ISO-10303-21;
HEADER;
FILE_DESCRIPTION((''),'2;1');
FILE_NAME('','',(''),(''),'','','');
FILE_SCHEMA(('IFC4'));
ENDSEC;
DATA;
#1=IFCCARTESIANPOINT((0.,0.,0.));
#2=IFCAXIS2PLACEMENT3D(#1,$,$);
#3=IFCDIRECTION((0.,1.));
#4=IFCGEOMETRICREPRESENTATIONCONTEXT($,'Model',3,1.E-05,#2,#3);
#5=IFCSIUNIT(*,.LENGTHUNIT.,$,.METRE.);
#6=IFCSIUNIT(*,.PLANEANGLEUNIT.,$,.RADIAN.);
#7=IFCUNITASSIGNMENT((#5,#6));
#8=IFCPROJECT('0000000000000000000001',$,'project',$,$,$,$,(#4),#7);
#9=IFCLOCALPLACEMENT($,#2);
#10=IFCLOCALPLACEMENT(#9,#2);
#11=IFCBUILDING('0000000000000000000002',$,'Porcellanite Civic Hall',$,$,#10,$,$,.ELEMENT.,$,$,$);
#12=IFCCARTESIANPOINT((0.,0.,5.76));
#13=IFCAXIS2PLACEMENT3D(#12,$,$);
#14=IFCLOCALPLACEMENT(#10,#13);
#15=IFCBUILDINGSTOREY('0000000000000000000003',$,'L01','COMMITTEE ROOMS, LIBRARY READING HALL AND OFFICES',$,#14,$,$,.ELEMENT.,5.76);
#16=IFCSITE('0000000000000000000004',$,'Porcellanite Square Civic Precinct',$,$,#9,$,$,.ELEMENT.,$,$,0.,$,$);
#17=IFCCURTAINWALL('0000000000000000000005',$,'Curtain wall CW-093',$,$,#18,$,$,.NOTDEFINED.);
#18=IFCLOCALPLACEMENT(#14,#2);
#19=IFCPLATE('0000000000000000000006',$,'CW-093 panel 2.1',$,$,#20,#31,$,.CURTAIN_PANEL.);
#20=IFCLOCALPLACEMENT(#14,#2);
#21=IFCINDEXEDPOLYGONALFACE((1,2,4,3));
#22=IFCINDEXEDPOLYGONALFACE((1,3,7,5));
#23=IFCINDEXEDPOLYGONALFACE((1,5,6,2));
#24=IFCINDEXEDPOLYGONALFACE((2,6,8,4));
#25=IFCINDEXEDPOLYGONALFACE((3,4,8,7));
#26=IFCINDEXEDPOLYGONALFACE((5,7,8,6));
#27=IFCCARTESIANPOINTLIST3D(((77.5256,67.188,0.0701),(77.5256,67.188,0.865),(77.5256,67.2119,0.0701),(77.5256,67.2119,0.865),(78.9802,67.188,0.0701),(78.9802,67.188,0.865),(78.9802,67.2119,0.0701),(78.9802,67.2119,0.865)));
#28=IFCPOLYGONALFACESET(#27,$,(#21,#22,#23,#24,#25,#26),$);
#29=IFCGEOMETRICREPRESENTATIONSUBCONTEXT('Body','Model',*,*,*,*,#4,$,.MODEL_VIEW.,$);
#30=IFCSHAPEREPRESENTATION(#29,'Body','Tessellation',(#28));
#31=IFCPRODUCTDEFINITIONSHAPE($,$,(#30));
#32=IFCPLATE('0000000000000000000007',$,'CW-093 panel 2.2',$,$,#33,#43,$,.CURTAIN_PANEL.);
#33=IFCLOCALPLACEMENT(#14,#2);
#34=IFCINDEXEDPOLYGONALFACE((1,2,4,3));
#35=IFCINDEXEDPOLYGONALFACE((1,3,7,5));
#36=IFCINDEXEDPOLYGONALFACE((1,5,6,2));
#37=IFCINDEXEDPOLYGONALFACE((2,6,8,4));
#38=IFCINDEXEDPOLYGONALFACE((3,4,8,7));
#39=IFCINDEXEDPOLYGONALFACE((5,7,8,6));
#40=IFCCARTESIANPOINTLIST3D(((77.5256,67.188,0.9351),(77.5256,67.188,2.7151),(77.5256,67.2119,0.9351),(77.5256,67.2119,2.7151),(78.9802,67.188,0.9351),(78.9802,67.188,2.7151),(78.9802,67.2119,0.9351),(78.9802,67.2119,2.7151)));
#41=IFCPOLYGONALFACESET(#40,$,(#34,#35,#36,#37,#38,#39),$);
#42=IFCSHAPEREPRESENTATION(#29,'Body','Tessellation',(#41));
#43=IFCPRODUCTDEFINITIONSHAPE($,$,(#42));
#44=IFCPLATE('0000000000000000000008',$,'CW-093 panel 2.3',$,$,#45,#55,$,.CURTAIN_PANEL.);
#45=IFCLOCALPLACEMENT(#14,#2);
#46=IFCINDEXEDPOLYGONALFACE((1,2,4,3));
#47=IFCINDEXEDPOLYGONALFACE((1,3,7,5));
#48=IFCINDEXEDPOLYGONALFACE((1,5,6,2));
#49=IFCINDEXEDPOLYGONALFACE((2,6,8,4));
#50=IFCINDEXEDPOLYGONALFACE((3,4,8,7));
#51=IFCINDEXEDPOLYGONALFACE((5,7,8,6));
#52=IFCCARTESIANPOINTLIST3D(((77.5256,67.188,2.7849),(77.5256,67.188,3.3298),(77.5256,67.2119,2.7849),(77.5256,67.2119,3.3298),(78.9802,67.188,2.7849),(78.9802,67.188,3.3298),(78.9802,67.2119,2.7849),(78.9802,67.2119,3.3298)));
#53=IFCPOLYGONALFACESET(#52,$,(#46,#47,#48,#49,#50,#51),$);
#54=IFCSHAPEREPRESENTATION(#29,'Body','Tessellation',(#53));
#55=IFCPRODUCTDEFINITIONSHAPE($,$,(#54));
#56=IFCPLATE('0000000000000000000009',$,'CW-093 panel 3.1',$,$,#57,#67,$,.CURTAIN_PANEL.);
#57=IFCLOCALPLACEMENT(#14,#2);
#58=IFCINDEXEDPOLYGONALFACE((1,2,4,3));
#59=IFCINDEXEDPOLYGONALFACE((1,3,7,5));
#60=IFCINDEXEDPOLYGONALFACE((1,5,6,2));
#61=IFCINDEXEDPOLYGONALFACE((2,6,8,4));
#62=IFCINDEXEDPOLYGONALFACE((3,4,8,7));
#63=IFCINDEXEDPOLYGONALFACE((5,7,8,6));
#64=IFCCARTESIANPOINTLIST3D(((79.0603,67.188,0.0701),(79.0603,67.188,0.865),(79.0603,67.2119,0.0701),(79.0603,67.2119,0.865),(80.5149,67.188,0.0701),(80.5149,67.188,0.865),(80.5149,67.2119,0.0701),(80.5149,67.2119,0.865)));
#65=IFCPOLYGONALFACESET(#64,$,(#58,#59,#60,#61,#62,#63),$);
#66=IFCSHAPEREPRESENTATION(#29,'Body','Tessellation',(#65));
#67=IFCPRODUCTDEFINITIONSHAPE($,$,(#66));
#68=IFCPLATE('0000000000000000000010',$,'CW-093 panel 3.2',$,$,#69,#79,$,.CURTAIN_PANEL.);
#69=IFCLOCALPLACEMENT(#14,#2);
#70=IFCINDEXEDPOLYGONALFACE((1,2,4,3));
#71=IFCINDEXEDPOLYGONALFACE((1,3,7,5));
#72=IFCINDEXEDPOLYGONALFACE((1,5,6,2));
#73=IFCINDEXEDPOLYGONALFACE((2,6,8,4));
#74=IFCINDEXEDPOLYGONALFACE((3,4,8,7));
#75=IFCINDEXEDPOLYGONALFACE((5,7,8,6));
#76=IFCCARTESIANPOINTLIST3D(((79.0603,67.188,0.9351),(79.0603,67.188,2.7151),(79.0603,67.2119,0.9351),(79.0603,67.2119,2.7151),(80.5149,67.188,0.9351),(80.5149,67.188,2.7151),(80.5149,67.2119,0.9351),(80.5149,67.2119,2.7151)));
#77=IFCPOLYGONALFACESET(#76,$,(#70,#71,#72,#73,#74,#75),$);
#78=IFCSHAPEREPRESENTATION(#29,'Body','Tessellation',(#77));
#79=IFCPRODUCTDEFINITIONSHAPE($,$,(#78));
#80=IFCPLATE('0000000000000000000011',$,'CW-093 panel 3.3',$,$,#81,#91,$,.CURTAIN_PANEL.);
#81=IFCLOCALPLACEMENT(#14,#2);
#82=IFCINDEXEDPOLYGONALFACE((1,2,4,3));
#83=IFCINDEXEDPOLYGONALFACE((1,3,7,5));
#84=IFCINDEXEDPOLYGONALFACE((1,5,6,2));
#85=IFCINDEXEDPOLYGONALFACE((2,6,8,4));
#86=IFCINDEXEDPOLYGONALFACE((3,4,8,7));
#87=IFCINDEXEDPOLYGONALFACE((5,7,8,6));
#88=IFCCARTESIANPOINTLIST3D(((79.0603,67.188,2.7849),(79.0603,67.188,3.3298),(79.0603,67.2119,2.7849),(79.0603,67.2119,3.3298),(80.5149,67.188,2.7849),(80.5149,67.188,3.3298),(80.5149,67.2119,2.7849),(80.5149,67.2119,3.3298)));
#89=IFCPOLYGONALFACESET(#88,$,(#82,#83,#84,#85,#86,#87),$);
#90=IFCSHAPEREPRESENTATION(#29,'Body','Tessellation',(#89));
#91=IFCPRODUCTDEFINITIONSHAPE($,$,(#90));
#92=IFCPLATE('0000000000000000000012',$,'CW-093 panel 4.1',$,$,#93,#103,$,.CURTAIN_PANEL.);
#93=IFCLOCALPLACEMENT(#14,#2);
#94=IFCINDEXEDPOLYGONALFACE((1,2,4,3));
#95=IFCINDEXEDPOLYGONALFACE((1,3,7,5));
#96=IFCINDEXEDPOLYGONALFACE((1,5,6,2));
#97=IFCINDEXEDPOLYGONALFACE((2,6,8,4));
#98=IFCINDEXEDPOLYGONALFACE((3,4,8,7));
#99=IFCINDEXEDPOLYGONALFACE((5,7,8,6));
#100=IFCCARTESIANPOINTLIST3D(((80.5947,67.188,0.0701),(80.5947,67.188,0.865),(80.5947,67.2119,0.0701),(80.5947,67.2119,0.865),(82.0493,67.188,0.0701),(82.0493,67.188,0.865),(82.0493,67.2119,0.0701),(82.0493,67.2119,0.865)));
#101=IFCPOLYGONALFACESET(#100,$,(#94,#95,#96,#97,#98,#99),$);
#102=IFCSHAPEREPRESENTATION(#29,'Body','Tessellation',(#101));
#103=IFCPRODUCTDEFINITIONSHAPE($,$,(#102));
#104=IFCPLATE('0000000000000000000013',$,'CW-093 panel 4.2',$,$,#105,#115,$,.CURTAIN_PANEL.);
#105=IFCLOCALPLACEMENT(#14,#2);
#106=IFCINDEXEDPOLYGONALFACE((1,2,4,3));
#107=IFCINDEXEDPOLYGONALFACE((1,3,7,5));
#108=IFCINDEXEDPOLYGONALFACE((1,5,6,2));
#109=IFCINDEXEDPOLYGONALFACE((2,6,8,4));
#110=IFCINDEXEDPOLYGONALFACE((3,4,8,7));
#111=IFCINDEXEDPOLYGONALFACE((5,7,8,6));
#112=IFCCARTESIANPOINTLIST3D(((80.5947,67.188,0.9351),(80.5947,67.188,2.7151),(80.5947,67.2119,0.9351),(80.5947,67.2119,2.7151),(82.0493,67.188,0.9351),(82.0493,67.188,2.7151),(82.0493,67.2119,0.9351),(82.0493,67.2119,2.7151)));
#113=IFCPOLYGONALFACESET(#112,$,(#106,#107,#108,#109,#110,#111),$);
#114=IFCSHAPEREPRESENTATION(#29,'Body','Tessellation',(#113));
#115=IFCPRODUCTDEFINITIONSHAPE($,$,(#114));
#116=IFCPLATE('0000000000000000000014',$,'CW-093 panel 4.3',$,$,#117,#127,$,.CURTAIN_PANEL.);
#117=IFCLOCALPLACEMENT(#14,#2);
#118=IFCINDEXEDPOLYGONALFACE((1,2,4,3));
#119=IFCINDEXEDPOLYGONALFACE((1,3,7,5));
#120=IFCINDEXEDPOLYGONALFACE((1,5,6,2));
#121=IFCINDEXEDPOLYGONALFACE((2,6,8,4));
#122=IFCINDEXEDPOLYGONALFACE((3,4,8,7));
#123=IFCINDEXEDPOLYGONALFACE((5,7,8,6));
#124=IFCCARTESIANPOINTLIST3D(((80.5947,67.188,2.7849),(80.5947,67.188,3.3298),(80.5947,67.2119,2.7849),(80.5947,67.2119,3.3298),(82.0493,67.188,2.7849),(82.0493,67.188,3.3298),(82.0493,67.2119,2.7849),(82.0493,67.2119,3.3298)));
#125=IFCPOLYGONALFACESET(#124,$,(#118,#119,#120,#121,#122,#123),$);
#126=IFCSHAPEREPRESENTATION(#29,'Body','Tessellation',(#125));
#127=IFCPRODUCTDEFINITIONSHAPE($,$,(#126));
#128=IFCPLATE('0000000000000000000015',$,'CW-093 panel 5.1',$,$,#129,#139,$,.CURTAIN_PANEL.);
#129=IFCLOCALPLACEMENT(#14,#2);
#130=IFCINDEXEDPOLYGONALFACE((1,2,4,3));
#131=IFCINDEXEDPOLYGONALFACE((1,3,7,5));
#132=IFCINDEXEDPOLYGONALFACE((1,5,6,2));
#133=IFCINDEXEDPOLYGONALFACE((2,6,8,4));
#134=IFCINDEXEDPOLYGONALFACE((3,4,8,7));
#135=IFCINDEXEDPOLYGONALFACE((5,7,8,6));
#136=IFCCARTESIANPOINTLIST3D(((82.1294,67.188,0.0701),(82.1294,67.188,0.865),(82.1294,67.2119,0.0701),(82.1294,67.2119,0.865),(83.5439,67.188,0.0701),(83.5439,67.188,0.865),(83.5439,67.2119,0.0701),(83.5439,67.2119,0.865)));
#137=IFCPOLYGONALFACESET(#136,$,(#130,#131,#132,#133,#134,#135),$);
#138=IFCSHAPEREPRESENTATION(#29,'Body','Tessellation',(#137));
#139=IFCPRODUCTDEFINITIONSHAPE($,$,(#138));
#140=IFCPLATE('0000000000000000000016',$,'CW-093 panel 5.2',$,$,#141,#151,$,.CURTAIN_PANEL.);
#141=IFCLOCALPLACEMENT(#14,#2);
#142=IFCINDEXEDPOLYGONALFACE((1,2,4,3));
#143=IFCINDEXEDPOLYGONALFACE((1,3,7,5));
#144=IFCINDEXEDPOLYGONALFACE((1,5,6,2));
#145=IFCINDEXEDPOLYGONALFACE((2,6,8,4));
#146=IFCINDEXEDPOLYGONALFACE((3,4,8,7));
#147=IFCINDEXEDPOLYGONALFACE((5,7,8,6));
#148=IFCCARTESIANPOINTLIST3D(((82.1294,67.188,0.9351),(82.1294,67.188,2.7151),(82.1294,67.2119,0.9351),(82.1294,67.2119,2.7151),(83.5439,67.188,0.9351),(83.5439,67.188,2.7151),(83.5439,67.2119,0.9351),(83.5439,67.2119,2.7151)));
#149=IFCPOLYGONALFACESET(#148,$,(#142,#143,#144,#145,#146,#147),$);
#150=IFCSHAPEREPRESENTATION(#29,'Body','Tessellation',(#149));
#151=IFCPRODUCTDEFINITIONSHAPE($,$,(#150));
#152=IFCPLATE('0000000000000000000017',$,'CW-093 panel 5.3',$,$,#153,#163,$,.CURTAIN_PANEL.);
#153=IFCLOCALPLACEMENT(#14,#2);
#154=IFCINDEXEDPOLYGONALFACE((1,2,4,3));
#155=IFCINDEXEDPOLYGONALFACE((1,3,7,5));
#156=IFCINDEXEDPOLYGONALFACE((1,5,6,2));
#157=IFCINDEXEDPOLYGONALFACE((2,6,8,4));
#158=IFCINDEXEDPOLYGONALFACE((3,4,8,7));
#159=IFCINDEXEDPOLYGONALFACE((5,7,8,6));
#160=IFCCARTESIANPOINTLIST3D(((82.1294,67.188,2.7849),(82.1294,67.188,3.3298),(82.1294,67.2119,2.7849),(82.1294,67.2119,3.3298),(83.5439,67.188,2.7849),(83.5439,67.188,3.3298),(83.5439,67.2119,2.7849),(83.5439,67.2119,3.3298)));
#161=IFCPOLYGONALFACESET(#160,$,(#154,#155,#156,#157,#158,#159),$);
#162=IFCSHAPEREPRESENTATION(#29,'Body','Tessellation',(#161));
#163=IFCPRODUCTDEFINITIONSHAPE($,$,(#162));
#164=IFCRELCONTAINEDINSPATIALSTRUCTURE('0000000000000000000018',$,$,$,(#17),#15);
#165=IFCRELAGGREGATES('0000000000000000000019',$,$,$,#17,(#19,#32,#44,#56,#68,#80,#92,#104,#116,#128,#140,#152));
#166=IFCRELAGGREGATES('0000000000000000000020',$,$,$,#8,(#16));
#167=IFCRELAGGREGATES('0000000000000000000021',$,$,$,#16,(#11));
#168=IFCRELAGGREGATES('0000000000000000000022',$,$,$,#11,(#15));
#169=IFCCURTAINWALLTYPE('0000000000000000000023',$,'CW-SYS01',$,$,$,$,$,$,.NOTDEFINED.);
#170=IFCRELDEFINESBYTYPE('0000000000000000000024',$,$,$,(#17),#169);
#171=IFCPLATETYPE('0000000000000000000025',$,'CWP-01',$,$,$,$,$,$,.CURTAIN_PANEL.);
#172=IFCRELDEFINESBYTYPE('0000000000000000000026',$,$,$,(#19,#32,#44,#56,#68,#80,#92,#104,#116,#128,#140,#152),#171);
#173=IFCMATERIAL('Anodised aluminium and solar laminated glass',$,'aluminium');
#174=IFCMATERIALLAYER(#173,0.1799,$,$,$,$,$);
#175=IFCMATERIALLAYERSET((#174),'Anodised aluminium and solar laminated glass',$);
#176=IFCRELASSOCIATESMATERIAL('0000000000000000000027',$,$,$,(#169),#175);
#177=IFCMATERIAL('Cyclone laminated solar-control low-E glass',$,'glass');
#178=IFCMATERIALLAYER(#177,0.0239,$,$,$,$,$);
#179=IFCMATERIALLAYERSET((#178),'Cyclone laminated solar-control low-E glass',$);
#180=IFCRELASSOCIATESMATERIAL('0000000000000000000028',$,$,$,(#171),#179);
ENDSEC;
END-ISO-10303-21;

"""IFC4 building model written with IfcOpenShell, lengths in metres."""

from ifc_helpers import new_model, si_unit, direction, frame, origin, origin_2d, place, context, subcontext, project, spatial, rectangle, extrude, material, layer, layer_set, type_object, element, aggregate, save


model = new_model("IFC4")

# Units and contexts
model_context = context("Model", 3, precision=1e-05, world=origin(), true_north=direction((0.0, 1.0)))
body_context = subcontext(model_context, "Body", "Model", "MODEL_VIEW")
ifc_project = project(units=[si_unit("LENGTHUNIT", "METRE"), si_unit("PLANEANGLEUNIT", "RADIAN")], contexts=[model_context])

# Site, building, storey
site_placement = place(None, origin())
site = spatial("IfcSite", under=ifc_project, at=site_placement, Name="Porcellanite Square Civic Precinct", CompositionType="ELEMENT", RefElevation=0.0)
building_placement = place(site_placement, origin())
building = spatial("IfcBuilding", under=site, at=building_placement, Name="Porcellanite Civic Hall", CompositionType="ELEMENT")
storey_placement = place(building_placement, frame((0.0, 0.0, 5.76)))
storey = spatial("IfcBuildingStorey", under=building, at=storey_placement, Name="L01", Description="COMMITTEE ROOMS, LIBRARY READING HALL AND OFFICES", CompositionType="ELEMENT", Elevation=5.76)

# Curtain wall
ifc_material_1 = material(Name="Anodised aluminium and solar laminated glass", Category="aluminium")
ifc_layer_1 = layer(ifc_material_1, 0.1799)
ifc_layer_set_1 = layer_set([ifc_layer_1], Name="Anodised aluminium and solar laminated glass")
curtain_wall_type = type_object("IfcCurtainWallType", Name="CW-SYS01", PredefinedType="NOTDEFINED", material=ifc_layer_set_1)
curtain_wall_placement = place(storey_placement, origin())
curtain_wall = element("IfcCurtainWall", 1, at=curtain_wall_placement, inside=storey, type_object=curtain_wall_type, Name="Curtain wall CW-093", PredefinedType="NOTDEFINED")

# Plates
ifc_material_2 = material(Name="Cyclone laminated solar-control low-E glass", Category="glass")
ifc_layer_2 = layer(ifc_material_2, 0.0239)
ifc_layer_set_2 = layer_set([ifc_layer_2], Name="Cyclone laminated solar-control low-E glass")
plate_type = type_object("IfcPlateType", Name="CWP-01", PredefinedType="CURTAIN_PANEL", material=ifc_layer_set_2)
plate_1_placement = place(storey_placement, frame((78.2529, 67.2, 0.0701), z_axis=(0.0, 0.0, 1.0), x_axis=(1.0, 0.0, 0.0)))
plate_1 = element("IfcPlate", 2, at=plate_1_placement, type_object=plate_type, Name="CW-093 panel 2.1", PredefinedType="CURTAIN_PANEL", context=body_context, shape_type="SweptSolid", body=[
    extrude(rectangle(XDim=1.4546, YDim=0.0239, at=origin_2d()), origin(), (0.0, 0.0, 1.0), 0.7949),
])
plate_2_placement = place(storey_placement, frame((78.2529, 67.2, 0.9351), z_axis=(0.0, 0.0, 1.0), x_axis=(1.0, 0.0, 0.0)))
plate_2 = element("IfcPlate", 3, at=plate_2_placement, type_object=plate_type, Name="CW-093 panel 2.2", PredefinedType="CURTAIN_PANEL", context=body_context, shape_type="SweptSolid", body=[
    extrude(rectangle(XDim=1.4546, YDim=0.0239, at=origin_2d()), origin(), (0.0, 0.0, 1.0), 1.78),
])
plate_3_placement = place(storey_placement, frame((78.2529, 67.2, 2.7849), z_axis=(0.0, 0.0, 1.0), x_axis=(1.0, 0.0, 0.0)))
plate_3 = element("IfcPlate", 4, at=plate_3_placement, type_object=plate_type, Name="CW-093 panel 2.3", PredefinedType="CURTAIN_PANEL", context=body_context, shape_type="SweptSolid", body=[
    extrude(rectangle(XDim=1.4546, YDim=0.0239, at=origin_2d()), origin(), (0.0, 0.0, 1.0), 0.5449),
])
plate_4_placement = place(storey_placement, frame((79.7876, 67.2, 0.0701), z_axis=(0.0, 0.0, 1.0), x_axis=(1.0, 0.0, 0.0)))
plate_4 = element("IfcPlate", 5, at=plate_4_placement, type_object=plate_type, Name="CW-093 panel 3.1", PredefinedType="CURTAIN_PANEL", context=body_context, shape_type="SweptSolid", body=[
    extrude(rectangle(XDim=1.4546, YDim=0.0239, at=origin_2d()), origin(), (0.0, 0.0, 1.0), 0.7949),
])
plate_5_placement = place(storey_placement, frame((79.7876, 67.2, 0.9351), z_axis=(0.0, 0.0, 1.0), x_axis=(1.0, 0.0, 0.0)))
plate_5 = element("IfcPlate", 6, at=plate_5_placement, type_object=plate_type, Name="CW-093 panel 3.2", PredefinedType="CURTAIN_PANEL", context=body_context, shape_type="SweptSolid", body=[
    extrude(rectangle(XDim=1.4546, YDim=0.0239, at=origin_2d()), origin(), (0.0, 0.0, 1.0), 1.78),
])
plate_6_placement = place(storey_placement, frame((79.7876, 67.2, 2.7849), z_axis=(0.0, 0.0, 1.0), x_axis=(1.0, 0.0, 0.0)))
plate_6 = element("IfcPlate", 7, at=plate_6_placement, type_object=plate_type, Name="CW-093 panel 3.3", PredefinedType="CURTAIN_PANEL", context=body_context, shape_type="SweptSolid", body=[
    extrude(rectangle(XDim=1.4546, YDim=0.0239, at=origin_2d()), origin(), (0.0, 0.0, 1.0), 0.5449),
])
plate_7_placement = place(storey_placement, frame((81.322, 67.2, 0.0701), z_axis=(0.0, 0.0, 1.0), x_axis=(1.0, 0.0, 0.0)))
plate_7 = element("IfcPlate", 8, at=plate_7_placement, type_object=plate_type, Name="CW-093 panel 4.1", PredefinedType="CURTAIN_PANEL", context=body_context, shape_type="SweptSolid", body=[
    extrude(rectangle(XDim=1.4546, YDim=0.0239, at=origin_2d()), origin(), (0.0, 0.0, 1.0), 0.7949),
])
plate_8_placement = place(storey_placement, frame((81.322, 67.2, 0.9351), z_axis=(0.0, 0.0, 1.0), x_axis=(1.0, 0.0, 0.0)))
plate_8 = element("IfcPlate", 9, at=plate_8_placement, type_object=plate_type, Name="CW-093 panel 4.2", PredefinedType="CURTAIN_PANEL", context=body_context, shape_type="SweptSolid", body=[
    extrude(rectangle(XDim=1.4546, YDim=0.0239, at=origin_2d()), origin(), (0.0, 0.0, 1.0), 1.78),
])
plate_9_placement = place(storey_placement, frame((81.322, 67.2, 2.7849), z_axis=(0.0, 0.0, 1.0), x_axis=(1.0, 0.0, 0.0)))
plate_9 = element("IfcPlate", 10, at=plate_9_placement, type_object=plate_type, Name="CW-093 panel 4.3", PredefinedType="CURTAIN_PANEL", context=body_context, shape_type="SweptSolid", body=[
    extrude(rectangle(XDim=1.4546, YDim=0.0239, at=origin_2d()), origin(), (0.0, 0.0, 1.0), 0.5449),
])
plate_10_placement = place(storey_placement, frame((82.8367, 67.2, 0.0701), z_axis=(0.0, 0.0, 1.0), x_axis=(1.0, 0.0, 0.0)))
plate_10 = element("IfcPlate", 11, at=plate_10_placement, type_object=plate_type, Name="CW-093 panel 5.1", PredefinedType="CURTAIN_PANEL", context=body_context, shape_type="SweptSolid", body=[
    extrude(rectangle(XDim=1.4146, YDim=0.0239, at=origin_2d()), origin(), (0.0, 0.0, 1.0), 0.7949),
])
plate_11_placement = place(storey_placement, frame((82.8367, 67.2, 0.9351), z_axis=(0.0, 0.0, 1.0), x_axis=(1.0, 0.0, 0.0)))
plate_11 = element("IfcPlate", 12, at=plate_11_placement, type_object=plate_type, Name="CW-093 panel 5.2", PredefinedType="CURTAIN_PANEL", context=body_context, shape_type="SweptSolid", body=[
    extrude(rectangle(XDim=1.4146, YDim=0.0239, at=origin_2d()), origin(), (0.0, 0.0, 1.0), 1.78),
])
plate_12_placement = place(storey_placement, frame((82.8367, 67.2, 2.7849), z_axis=(0.0, 0.0, 1.0), x_axis=(1.0, 0.0, 0.0)))
plate_12 = element("IfcPlate", 13, at=plate_12_placement, type_object=plate_type, Name="CW-093 panel 5.3", PredefinedType="CURTAIN_PANEL", context=body_context, shape_type="SweptSolid", body=[
    extrude(rectangle(XDim=1.4146, YDim=0.0239, at=origin_2d()), origin(), (0.0, 0.0, 1.0), 0.5449),
])
aggregate(curtain_wall, [plate_1, plate_2, plate_3, plate_4, plate_5, plate_6, plate_7, plate_8, plate_9, plate_10, plate_11, plate_12])

save(model, "model.ifc")
